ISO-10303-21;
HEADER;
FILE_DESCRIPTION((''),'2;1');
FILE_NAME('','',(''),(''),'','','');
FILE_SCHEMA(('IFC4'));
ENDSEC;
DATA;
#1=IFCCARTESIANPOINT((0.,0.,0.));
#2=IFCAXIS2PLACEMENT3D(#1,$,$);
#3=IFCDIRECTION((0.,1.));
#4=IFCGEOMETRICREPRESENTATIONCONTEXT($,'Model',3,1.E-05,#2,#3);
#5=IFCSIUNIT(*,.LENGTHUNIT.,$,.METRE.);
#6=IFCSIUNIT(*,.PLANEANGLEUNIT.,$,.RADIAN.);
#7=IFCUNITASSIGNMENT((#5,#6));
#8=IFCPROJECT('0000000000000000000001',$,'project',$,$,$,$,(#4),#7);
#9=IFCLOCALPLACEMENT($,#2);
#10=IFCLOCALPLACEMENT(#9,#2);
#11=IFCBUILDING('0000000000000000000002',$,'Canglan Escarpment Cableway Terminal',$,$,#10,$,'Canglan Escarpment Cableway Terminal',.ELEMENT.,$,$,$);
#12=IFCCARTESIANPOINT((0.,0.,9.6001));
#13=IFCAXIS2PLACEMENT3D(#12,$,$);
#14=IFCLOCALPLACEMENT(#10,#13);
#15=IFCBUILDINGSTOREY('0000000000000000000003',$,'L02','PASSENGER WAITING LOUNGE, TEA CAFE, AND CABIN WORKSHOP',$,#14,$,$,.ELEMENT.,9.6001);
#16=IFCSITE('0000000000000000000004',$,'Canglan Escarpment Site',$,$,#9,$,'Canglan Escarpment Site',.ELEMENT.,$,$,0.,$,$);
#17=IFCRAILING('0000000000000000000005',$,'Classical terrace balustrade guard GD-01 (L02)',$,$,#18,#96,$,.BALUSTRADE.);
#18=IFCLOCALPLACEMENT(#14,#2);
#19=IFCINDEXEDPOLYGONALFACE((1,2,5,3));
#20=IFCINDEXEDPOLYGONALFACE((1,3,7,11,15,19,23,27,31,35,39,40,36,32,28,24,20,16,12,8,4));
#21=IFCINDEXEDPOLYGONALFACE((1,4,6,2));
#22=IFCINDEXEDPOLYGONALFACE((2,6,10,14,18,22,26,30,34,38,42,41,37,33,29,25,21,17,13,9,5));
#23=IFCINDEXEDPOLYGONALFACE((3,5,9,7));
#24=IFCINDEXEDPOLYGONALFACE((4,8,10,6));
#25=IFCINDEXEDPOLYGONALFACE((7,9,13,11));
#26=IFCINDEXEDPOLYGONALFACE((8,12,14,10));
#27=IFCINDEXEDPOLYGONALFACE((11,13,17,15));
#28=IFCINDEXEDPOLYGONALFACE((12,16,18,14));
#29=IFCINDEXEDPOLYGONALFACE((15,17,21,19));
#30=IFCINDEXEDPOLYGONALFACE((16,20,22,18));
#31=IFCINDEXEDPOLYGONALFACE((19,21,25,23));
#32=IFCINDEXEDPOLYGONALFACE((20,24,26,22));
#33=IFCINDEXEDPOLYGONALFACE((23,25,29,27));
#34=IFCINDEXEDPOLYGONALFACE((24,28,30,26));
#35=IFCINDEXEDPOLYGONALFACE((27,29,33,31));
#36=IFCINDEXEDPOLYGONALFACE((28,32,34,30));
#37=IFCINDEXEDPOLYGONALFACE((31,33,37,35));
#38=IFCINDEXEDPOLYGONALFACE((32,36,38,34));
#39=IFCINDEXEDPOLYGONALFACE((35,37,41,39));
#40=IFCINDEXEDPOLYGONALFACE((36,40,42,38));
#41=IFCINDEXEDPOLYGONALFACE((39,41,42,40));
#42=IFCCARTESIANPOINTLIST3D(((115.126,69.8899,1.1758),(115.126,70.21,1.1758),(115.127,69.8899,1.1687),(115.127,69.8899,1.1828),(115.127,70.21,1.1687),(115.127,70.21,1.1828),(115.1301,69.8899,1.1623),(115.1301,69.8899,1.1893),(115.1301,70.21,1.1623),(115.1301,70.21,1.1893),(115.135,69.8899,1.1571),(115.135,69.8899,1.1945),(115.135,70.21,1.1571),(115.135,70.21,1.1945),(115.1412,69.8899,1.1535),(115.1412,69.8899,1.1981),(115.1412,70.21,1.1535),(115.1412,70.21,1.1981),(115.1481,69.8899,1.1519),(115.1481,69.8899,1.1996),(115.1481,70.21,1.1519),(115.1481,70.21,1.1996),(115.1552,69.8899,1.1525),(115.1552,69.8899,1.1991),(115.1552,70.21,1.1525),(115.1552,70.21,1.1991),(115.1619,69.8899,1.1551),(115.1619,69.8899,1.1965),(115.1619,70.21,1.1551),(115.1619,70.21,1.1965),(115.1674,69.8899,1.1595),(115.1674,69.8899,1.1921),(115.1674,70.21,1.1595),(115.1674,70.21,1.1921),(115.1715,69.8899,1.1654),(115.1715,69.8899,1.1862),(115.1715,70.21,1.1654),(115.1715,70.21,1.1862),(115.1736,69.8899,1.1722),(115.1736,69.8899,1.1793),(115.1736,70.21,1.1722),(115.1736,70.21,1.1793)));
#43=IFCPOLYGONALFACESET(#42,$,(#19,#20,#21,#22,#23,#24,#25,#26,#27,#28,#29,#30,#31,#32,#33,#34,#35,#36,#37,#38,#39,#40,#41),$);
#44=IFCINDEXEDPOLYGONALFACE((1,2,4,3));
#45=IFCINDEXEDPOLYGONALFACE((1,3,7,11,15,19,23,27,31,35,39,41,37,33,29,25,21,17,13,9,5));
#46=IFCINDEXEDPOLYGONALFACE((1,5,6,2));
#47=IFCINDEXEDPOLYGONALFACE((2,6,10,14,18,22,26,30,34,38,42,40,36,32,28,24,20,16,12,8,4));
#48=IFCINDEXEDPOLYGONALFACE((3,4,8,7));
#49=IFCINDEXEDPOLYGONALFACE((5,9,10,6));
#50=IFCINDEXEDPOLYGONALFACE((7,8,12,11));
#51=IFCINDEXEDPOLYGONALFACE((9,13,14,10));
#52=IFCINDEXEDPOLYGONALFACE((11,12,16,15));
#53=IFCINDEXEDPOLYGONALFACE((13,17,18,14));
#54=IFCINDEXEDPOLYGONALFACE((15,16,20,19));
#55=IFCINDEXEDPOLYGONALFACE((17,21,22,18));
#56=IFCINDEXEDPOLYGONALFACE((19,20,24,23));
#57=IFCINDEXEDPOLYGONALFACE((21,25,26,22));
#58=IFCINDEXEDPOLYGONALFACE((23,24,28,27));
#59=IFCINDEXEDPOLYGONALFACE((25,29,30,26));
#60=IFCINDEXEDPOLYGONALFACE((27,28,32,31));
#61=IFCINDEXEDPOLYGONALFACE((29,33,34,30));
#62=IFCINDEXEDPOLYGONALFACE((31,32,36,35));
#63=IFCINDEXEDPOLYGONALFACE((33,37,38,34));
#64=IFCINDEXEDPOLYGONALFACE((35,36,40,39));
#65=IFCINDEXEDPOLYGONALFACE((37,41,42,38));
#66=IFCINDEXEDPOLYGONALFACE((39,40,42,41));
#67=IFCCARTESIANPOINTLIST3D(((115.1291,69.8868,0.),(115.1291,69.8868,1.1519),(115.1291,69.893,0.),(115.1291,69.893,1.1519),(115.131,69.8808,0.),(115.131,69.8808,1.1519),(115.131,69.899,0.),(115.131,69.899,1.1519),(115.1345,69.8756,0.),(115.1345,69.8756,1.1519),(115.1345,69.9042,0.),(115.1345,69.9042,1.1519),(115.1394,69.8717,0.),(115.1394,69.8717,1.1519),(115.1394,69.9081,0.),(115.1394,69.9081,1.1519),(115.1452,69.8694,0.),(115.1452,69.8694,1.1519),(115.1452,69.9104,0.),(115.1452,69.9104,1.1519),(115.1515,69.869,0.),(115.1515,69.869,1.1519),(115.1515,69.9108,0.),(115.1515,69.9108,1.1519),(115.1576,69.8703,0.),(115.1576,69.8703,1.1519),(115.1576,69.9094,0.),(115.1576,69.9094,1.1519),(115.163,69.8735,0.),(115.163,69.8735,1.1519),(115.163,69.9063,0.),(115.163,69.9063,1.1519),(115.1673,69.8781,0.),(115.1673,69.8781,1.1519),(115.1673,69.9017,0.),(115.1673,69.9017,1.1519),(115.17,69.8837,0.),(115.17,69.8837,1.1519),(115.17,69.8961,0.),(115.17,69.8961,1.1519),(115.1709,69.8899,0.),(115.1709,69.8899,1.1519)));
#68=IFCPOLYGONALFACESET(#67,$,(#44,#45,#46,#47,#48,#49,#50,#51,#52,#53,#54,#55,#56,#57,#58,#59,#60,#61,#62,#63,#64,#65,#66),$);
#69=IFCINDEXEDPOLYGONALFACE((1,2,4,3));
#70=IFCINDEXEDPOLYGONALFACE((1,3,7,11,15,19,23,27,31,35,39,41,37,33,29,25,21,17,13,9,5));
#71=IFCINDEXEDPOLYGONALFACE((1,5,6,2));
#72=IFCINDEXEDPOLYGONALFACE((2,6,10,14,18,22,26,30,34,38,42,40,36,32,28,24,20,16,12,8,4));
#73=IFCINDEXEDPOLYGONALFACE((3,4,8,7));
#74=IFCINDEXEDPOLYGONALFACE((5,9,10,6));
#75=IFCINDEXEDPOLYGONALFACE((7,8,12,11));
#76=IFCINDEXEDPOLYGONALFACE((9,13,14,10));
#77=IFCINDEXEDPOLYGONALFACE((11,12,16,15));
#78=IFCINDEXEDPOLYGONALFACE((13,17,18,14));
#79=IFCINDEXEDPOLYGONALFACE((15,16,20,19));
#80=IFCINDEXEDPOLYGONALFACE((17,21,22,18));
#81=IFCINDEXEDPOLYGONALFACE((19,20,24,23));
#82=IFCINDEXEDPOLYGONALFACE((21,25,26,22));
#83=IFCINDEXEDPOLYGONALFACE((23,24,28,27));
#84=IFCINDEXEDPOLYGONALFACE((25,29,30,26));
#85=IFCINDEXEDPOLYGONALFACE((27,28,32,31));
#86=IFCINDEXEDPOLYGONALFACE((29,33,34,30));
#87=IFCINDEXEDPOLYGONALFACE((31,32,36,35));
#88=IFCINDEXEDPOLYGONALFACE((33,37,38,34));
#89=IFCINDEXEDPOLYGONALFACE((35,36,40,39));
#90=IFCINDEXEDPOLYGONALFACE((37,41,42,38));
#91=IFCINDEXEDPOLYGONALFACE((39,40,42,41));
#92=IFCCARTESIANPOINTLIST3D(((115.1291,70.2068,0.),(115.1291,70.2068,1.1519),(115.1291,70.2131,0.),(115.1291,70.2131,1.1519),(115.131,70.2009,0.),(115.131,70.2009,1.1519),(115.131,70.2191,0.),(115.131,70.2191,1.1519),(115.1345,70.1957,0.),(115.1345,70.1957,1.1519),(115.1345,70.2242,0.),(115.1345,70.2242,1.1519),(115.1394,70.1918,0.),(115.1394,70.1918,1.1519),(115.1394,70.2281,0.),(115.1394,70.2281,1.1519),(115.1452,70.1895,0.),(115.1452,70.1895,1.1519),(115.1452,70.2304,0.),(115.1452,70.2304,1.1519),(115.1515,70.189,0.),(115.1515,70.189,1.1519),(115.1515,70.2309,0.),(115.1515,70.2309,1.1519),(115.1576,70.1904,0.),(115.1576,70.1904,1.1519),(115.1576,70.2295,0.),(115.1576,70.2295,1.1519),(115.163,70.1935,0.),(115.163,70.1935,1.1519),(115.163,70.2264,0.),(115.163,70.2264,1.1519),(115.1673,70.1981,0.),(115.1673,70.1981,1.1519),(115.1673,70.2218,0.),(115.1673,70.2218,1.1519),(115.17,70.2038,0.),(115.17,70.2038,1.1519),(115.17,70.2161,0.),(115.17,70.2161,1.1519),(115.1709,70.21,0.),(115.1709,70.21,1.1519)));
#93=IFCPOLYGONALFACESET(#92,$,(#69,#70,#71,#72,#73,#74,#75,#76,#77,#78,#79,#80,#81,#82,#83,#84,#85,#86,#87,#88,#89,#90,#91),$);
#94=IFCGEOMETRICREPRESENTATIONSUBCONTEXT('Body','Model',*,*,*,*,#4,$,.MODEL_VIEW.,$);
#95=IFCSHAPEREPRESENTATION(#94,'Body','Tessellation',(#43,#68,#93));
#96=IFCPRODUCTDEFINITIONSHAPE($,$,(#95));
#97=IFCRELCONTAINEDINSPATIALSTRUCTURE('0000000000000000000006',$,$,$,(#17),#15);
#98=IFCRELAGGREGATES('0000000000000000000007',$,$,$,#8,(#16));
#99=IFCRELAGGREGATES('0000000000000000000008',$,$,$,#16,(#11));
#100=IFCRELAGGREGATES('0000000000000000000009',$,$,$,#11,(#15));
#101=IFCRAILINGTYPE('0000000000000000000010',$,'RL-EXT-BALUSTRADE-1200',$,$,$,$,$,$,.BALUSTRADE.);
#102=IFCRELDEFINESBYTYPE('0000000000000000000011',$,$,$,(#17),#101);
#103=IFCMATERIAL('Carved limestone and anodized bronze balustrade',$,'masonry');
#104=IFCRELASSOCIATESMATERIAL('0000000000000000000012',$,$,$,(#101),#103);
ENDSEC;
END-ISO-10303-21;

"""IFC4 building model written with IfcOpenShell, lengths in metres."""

from ifc_helpers import new_model, si_unit, direction, frame, origin, origin_2d, place, context, subcontext, project, spatial, circle, extrude, material, type_object, element, save


model = new_model("IFC4")

# Units and contexts
model_context = context("Model", 3, precision=1e-05, world=origin(), true_north=direction((0.0, 1.0)))
body_context = subcontext(model_context, "Body", "Model", "MODEL_VIEW")
ifc_project = project(units=[si_unit("LENGTHUNIT", "METRE"), si_unit("PLANEANGLEUNIT", "RADIAN")], contexts=[model_context])

# Site, building, storey
site_placement = place(None, origin())
site = spatial("IfcSite", under=ifc_project, at=site_placement, Name="Canglan Escarpment Site", LongName="Canglan Escarpment Site", CompositionType="ELEMENT", RefElevation=0.0)
building_placement = place(site_placement, origin())
building = spatial("IfcBuilding", under=site, at=building_placement, Name="Canglan Escarpment Cableway Terminal", LongName="Canglan Escarpment Cableway Terminal", CompositionType="ELEMENT")
storey_placement = place(building_placement, frame((0.0, 0.0, 9.6001)))
storey = spatial("IfcBuildingStorey", under=building, at=storey_placement, Name="L02", Description="PASSENGER WAITING LOUNGE, TEA CAFE, AND CABIN WORKSHOP", CompositionType="ELEMENT", Elevation=9.6001)

# Railing
ifc_material_1 = material(Name="Carved limestone and anodized bronze balustrade", Category="masonry")
railing_type = type_object("IfcRailingType", Name="RL-EXT-BALUSTRADE-1200", PredefinedType="BALUSTRADE", material=ifc_material_1)
railing_placement = place(storey_placement, frame((115.1499, 69.8899, 0.0)))
element("IfcRailing", 1, at=railing_placement, inside=storey, type_object=railing_type, Name="Classical terrace balustrade guard GD-01 (L02)", PredefinedType="BALUSTRADE", context=body_context, shape_type="SweptSolid", body=[
    extrude(circle(Radius=0.0239, at=origin_2d()), frame((0.0, 0.0, 1.1758), z_axis=(0.0, 1.0, 0.0), x_axis=(-1.0, 0.0, 0.0)), (0.0, 0.0, 1.0), 0.3201),
    extrude(circle(Radius=0.021, at=origin_2d()), origin(), (0.0, 0.0, 1.0), 1.1519),
    extrude(circle(Radius=0.021, at=origin_2d()), frame((0.0, 0.3201, 0.0)), (0.0, 0.0, 1.0), 1.1519),
])

save(model, "model.ifc")
